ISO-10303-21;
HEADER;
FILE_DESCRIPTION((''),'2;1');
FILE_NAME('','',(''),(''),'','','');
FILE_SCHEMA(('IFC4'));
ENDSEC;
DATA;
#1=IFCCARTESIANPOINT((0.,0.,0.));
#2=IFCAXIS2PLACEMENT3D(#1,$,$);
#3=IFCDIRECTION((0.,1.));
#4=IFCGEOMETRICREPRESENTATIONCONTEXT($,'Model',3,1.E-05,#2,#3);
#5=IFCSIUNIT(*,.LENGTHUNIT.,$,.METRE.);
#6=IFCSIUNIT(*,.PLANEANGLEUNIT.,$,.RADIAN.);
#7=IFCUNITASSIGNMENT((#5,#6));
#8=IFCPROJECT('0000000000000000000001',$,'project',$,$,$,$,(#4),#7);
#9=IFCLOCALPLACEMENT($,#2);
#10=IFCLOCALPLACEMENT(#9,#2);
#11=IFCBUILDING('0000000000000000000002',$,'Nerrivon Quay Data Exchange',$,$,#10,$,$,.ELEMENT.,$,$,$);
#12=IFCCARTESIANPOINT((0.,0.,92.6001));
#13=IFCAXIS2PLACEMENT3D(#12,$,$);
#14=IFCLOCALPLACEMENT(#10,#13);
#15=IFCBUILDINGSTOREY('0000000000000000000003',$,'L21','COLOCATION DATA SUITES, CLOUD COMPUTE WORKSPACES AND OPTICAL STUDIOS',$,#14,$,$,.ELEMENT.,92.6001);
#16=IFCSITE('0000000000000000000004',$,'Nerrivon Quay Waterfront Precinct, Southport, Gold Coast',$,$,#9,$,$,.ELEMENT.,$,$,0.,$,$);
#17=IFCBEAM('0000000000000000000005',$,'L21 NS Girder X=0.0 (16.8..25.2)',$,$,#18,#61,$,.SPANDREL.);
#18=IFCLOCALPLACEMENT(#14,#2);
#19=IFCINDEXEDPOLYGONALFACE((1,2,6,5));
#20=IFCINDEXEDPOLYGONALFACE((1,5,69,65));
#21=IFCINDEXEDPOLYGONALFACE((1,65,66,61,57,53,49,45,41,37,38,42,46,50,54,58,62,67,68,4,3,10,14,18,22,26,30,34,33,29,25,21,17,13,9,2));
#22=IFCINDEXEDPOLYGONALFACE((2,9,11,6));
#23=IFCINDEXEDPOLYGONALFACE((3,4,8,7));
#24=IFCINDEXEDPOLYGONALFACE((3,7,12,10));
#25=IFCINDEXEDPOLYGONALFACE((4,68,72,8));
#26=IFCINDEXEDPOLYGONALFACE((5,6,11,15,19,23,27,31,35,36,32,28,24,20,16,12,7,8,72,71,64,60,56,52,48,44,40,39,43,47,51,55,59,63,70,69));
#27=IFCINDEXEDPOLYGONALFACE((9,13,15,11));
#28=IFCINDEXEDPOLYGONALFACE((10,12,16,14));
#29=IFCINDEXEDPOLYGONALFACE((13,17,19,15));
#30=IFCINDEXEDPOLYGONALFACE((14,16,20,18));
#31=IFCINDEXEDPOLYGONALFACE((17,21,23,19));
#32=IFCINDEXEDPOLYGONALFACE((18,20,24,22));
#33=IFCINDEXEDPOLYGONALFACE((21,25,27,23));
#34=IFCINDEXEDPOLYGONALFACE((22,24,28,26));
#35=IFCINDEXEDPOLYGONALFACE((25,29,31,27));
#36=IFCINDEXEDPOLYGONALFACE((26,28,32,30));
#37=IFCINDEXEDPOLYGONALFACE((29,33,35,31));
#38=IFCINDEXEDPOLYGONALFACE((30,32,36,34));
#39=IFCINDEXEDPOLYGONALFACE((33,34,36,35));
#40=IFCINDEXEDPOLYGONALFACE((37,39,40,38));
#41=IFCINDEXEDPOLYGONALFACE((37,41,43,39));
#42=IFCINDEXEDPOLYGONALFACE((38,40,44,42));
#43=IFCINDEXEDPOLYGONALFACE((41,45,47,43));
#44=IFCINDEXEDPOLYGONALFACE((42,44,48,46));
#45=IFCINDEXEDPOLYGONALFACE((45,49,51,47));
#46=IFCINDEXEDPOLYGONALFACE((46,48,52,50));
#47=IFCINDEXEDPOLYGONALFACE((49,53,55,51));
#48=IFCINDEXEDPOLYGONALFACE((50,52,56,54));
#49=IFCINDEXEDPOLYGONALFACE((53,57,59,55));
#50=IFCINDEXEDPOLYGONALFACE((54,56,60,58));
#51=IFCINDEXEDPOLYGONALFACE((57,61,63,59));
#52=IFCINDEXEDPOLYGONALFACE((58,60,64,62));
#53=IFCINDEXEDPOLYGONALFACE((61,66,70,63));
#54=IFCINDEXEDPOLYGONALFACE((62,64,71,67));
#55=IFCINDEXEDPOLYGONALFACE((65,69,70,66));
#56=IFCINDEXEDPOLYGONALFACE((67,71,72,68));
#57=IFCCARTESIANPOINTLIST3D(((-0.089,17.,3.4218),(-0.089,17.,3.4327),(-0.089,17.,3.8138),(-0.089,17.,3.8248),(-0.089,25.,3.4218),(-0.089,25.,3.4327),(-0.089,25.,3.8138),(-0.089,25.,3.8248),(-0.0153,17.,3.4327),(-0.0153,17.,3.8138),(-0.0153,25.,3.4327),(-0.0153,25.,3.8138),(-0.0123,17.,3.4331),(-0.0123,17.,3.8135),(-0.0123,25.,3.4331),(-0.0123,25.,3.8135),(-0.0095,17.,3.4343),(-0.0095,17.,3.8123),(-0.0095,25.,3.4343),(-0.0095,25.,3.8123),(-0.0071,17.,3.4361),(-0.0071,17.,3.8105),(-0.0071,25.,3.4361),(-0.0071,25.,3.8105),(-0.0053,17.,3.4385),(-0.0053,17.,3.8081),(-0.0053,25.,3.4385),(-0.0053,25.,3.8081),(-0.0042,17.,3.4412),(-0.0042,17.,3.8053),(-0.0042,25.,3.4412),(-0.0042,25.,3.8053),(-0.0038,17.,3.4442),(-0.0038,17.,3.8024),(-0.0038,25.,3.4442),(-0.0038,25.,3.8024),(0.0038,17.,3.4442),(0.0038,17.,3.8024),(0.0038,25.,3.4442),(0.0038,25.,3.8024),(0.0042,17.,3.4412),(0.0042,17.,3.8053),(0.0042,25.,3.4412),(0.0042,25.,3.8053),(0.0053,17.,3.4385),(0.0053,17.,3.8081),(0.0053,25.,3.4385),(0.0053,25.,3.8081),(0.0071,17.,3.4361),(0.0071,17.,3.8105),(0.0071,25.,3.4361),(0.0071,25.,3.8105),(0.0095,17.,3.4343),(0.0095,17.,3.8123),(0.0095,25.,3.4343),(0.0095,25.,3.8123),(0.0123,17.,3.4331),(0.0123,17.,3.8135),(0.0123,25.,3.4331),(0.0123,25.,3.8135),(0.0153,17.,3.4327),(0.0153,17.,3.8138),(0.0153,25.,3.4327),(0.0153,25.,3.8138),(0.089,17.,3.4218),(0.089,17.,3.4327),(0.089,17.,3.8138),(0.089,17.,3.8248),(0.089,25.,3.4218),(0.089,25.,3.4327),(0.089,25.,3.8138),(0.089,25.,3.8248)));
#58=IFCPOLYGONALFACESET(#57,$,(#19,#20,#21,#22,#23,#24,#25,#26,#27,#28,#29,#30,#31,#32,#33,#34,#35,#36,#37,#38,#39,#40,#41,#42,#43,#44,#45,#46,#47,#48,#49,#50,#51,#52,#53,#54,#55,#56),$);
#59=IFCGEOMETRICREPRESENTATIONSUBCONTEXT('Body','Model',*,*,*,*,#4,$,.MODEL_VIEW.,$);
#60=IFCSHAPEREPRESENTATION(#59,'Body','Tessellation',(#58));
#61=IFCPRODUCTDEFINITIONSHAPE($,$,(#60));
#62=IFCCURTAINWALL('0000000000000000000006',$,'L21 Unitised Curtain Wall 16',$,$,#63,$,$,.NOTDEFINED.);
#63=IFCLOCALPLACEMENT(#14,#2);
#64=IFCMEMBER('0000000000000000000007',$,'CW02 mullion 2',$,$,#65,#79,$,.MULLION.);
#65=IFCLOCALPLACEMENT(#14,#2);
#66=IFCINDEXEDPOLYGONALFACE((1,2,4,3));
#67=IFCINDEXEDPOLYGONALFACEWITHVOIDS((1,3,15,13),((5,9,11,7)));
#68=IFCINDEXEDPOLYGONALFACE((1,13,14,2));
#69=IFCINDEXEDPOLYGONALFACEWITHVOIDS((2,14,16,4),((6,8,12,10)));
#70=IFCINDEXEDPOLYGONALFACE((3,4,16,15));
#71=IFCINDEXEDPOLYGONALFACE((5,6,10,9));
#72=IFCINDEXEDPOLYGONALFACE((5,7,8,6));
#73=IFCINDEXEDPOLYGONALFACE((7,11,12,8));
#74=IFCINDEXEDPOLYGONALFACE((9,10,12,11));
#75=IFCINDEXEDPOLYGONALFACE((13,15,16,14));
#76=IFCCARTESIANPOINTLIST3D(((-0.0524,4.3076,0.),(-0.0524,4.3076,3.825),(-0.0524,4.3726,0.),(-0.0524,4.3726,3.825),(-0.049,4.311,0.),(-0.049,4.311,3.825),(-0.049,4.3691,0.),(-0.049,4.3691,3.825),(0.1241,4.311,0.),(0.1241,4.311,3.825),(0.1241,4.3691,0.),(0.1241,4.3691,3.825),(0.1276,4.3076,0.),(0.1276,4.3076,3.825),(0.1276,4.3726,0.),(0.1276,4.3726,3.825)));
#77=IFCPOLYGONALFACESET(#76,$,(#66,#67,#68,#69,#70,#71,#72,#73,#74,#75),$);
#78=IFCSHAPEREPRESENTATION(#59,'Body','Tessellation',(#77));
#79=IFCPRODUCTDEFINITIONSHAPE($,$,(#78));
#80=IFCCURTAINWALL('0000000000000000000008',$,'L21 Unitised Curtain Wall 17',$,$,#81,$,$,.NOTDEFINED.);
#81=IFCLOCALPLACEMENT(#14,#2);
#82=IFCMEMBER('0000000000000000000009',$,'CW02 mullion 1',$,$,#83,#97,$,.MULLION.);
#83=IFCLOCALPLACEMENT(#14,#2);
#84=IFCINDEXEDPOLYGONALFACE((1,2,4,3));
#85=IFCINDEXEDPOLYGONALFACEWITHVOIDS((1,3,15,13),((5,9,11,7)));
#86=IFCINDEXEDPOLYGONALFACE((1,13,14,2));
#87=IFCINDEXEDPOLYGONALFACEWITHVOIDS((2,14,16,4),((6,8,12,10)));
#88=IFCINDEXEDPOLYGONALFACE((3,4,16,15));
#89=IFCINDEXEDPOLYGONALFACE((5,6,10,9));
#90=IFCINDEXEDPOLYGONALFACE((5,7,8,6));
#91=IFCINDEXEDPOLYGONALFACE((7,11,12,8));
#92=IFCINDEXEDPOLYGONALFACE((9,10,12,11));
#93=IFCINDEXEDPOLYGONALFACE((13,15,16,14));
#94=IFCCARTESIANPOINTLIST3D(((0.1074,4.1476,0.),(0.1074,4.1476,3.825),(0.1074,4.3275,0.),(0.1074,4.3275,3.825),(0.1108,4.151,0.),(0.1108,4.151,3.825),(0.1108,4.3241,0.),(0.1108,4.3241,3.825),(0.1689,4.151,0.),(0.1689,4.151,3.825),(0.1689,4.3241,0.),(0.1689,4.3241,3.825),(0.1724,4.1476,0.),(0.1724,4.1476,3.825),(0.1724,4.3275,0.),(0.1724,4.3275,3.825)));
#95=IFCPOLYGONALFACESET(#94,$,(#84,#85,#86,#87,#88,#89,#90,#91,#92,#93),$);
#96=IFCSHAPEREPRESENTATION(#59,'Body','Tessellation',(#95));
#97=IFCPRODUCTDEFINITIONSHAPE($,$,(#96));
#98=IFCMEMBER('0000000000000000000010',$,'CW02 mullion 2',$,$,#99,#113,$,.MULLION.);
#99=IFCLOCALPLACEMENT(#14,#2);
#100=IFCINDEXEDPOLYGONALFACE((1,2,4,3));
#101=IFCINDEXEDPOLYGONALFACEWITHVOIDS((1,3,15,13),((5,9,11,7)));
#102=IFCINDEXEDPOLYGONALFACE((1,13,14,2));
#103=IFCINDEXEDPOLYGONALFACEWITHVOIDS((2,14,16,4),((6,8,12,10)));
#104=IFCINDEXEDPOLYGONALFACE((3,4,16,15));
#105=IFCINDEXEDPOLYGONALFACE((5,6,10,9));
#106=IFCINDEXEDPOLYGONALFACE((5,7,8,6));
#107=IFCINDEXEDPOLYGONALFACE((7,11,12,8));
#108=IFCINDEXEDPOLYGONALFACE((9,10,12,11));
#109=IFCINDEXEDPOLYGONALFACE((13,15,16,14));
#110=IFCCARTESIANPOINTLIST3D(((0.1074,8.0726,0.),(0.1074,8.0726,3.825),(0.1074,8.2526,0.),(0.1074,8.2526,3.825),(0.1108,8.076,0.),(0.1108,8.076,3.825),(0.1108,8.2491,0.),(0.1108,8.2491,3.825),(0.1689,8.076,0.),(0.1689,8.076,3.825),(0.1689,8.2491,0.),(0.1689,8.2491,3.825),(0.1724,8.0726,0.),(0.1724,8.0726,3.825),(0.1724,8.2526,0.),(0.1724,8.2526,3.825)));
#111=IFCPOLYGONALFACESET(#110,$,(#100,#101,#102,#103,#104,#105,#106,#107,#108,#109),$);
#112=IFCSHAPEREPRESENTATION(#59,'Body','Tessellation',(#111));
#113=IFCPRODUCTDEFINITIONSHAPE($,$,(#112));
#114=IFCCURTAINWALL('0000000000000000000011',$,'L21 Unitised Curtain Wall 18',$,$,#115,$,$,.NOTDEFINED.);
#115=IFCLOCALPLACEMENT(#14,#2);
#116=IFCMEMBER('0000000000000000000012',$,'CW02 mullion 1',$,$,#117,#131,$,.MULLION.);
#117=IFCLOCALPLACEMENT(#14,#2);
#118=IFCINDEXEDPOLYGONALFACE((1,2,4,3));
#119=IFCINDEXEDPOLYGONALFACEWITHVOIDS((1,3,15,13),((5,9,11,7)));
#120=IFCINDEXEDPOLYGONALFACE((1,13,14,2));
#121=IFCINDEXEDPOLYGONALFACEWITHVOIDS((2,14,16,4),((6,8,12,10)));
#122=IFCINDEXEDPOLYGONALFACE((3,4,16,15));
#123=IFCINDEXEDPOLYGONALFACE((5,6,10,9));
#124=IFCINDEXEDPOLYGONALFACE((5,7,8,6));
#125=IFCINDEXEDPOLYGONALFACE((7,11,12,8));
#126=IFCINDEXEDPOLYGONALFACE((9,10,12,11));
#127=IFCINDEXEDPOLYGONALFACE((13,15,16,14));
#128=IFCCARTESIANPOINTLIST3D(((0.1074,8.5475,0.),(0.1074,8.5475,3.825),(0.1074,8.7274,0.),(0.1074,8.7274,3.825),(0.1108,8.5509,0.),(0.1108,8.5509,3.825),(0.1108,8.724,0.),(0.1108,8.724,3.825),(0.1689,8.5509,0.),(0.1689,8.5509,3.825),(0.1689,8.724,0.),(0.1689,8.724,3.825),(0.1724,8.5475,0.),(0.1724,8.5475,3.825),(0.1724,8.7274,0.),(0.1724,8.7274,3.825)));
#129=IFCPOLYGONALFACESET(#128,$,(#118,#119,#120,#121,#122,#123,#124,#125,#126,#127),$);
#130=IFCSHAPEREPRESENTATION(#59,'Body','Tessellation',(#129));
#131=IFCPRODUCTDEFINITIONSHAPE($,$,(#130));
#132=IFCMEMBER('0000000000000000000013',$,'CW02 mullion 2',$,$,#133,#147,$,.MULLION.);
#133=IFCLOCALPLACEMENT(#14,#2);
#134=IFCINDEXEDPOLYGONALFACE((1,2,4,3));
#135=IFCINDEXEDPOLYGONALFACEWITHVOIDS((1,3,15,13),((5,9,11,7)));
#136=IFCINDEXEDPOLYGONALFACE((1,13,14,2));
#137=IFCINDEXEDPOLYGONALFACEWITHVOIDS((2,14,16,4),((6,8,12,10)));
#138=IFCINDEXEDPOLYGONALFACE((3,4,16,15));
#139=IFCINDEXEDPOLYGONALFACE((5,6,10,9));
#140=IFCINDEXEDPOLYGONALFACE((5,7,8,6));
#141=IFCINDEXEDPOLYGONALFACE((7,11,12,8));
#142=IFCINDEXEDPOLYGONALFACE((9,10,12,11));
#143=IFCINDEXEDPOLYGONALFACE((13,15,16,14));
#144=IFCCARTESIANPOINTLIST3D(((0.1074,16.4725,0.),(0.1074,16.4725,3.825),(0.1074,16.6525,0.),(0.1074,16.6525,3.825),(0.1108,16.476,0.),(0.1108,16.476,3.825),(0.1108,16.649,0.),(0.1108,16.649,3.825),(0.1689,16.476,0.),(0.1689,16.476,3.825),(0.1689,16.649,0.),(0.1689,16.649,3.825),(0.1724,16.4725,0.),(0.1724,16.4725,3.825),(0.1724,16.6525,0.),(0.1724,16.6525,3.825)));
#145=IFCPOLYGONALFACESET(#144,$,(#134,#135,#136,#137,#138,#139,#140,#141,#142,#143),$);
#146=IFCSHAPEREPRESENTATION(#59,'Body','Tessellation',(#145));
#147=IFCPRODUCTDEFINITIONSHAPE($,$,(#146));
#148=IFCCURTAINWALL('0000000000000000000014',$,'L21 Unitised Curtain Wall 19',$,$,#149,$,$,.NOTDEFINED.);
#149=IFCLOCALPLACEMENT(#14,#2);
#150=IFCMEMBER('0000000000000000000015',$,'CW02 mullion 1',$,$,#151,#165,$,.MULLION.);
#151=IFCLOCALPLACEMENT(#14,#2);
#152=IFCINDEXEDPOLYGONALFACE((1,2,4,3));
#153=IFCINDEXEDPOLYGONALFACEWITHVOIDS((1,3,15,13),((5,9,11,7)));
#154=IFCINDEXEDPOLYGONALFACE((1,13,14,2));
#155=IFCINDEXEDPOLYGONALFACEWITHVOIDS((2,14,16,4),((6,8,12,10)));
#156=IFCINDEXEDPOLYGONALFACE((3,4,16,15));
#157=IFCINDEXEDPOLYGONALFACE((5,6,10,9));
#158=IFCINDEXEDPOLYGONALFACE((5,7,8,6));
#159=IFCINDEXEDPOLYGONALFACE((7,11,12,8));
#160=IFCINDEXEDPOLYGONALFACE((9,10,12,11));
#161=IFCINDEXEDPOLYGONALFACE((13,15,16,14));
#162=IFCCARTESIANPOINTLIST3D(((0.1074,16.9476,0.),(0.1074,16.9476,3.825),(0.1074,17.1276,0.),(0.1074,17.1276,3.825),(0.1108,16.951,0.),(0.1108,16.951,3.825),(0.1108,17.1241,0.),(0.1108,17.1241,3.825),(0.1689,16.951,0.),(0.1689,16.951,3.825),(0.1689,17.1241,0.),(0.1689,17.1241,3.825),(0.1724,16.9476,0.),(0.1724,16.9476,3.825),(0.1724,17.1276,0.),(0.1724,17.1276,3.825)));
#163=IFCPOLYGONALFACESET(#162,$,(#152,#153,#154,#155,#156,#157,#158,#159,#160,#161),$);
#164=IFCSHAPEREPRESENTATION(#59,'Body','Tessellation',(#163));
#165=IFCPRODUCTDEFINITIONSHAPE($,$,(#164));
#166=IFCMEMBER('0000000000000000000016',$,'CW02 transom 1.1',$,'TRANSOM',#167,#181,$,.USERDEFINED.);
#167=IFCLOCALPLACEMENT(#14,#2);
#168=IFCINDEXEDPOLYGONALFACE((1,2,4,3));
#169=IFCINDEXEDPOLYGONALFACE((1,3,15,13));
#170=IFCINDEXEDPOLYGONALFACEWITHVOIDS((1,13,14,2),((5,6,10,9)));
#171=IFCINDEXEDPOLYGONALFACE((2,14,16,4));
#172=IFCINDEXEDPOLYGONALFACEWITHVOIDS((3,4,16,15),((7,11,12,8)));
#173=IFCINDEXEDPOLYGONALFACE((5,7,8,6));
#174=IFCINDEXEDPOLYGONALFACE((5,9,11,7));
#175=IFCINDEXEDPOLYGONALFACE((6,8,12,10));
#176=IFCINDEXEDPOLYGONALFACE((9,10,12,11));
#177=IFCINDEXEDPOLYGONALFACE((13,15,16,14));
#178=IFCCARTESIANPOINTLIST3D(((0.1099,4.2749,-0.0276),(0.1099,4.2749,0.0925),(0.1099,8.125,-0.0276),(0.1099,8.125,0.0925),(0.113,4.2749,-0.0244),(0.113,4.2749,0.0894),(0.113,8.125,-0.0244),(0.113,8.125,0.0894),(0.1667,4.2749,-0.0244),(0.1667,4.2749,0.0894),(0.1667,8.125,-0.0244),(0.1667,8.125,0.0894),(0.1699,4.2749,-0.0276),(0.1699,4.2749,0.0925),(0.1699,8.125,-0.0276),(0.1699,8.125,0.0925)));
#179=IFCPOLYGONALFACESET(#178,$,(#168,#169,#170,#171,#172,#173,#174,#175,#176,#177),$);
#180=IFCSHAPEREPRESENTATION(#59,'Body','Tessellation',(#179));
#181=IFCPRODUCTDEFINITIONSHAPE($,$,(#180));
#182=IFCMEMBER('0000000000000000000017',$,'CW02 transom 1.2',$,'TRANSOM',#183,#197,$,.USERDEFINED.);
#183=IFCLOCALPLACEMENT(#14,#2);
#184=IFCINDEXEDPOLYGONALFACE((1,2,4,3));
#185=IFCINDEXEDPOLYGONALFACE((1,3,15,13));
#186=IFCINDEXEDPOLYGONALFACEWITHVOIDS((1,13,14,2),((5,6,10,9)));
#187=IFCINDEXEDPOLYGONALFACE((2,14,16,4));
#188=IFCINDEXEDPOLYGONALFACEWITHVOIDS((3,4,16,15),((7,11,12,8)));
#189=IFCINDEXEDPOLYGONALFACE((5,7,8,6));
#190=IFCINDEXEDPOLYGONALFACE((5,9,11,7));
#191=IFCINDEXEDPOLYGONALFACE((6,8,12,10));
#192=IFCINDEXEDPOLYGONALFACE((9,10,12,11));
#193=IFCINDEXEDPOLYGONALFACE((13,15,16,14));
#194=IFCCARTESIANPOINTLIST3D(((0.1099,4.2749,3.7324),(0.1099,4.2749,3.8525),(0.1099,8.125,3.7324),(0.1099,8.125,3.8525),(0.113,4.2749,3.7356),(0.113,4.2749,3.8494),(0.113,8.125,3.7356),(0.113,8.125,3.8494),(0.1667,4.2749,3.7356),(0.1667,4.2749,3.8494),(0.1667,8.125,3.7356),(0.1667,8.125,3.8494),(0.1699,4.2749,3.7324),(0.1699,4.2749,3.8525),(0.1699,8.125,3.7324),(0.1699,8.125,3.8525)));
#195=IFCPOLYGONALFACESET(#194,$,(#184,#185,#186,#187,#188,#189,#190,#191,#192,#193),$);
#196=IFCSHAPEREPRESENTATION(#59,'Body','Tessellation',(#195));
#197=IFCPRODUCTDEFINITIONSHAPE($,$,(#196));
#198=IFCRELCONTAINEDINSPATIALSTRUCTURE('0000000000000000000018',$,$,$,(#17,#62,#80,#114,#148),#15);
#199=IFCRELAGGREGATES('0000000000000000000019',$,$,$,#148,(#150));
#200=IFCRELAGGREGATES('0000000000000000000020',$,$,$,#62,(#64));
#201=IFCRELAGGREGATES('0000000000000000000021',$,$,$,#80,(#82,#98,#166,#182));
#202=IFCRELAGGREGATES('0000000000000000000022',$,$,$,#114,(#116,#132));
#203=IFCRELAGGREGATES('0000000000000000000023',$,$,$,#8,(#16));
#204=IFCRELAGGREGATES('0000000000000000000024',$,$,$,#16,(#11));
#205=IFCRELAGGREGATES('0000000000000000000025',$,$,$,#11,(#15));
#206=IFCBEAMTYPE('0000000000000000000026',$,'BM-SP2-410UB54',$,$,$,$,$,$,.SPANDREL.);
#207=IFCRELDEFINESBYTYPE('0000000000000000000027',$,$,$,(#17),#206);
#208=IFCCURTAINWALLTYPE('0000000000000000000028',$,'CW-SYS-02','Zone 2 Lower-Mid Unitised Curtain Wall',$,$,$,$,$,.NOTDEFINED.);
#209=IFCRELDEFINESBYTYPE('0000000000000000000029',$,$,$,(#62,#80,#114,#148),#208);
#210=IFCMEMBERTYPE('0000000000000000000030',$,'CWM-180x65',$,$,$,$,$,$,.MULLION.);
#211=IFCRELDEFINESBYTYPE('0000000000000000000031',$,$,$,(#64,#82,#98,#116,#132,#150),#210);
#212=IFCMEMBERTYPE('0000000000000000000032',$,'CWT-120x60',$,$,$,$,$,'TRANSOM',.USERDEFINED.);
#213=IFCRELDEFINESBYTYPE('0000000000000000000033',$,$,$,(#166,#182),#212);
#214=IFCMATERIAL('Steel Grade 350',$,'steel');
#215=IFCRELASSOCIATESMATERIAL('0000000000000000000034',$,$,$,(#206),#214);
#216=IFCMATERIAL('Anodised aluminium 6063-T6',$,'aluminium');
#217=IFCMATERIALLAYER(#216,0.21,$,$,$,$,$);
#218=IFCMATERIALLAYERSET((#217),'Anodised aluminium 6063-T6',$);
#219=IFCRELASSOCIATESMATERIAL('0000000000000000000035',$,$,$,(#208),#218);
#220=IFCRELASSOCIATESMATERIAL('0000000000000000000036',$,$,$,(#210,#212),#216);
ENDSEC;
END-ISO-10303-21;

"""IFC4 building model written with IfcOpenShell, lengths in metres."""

from ifc_helpers import new_model, si_unit, direction, frame, origin, origin_2d, place, context, subcontext, project, spatial, hollow_rectangle, i_section, extrude, material, layer, layer_set, material_profile, profile_set, type_object, element, aggregate, save


model = new_model("IFC4")

# Units and contexts
model_context = context("Model", 3, precision=1e-05, world=origin(), true_north=direction((0.0, 1.0)))
body_context = subcontext(model_context, "Body", "Model", "MODEL_VIEW")
ifc_project = project(units=[si_unit("LENGTHUNIT", "METRE"), si_unit("PLANEANGLEUNIT", "RADIAN")], contexts=[model_context])

# Site, building, storey
site_placement = place(None, origin())
site = spatial("IfcSite", under=ifc_project, at=site_placement, Name="Nerrivon Quay Waterfront Precinct, Southport, Gold Coast", CompositionType="ELEMENT", RefElevation=0.0)
building_placement = place(site_placement, origin())
building = spatial("IfcBuilding", under=site, at=building_placement, Name="Nerrivon Quay Data Exchange", CompositionType="ELEMENT")
storey_placement = place(building_placement, frame((0.0, 0.0, 92.6001)))
storey = spatial("IfcBuildingStorey", under=building, at=storey_placement, Name="L21", Description="COLOCATION DATA SUITES, CLOUD COMPUTE WORKSPACES AND OPTICAL STUDIOS", CompositionType="ELEMENT", Elevation=92.6001)

# Shared definitions
ifc_material_1 = material(Name="Steel Grade 350", Category="steel")

# Beam
ifc_material_profile_1 = material_profile(ifc_material_1, i_section(OverallWidth=0.178, OverallDepth=0.4031, WebThickness=0.0076, FlangeThickness=0.011, FilletRadius=0.0115, at=origin_2d()), Name="410UB53.7")
ifc_profile_set_1 = profile_set([ifc_material_profile_1], Name="Steel Grade 350")
beam_type_1 = type_object("IfcBeamType", Name="BM-SP2-410UB54", PredefinedType="SPANDREL", material=ifc_profile_set_1)
for number, where, z_axis, x_axis, name in (
    (1, (0.0, 17.0, 3.6233), (0.0, 1.0, 0.0), (-1.0, 0.0, 0.0), "L21 NS Girder X=0.0 (16.8..25.2)"),
):
    element("IfcBeam", number, at=place(storey_placement, frame(where, z_axis=z_axis, x_axis=x_axis)), inside=storey, type_object=beam_type_1, Name=name, PredefinedType="SPANDREL", context=body_context, shape_type="SweptSolid", body=[
        extrude(i_section(OverallWidth=0.178, OverallDepth=0.4031, WebThickness=0.0076, FlangeThickness=0.011, FilletRadius=0.0115, at=origin_2d()), origin(), (0.0, 0.0, 1.0), 8.0),
    ])

# Curtain wall, member
ifc_material_2 = material(Name="Anodised aluminium 6063-T6", Category="aluminium")
ifc_layer_1 = layer(ifc_material_2, 0.21)
ifc_layer_set_1 = layer_set([ifc_layer_1], Name="Anodised aluminium 6063-T6")
curtain_wall_type = type_object("IfcCurtainWallType", Name="CW-SYS-02", Description="Zone 2 Lower-Mid Unitised Curtain Wall", PredefinedType="NOTDEFINED", material=ifc_layer_set_1)
curtain_wall_1_placement = place(storey_placement, origin())
curtain_wall_1 = element("IfcCurtainWall", 2, at=curtain_wall_1_placement, inside=storey, type_object=curtain_wall_type, Name="L21 Unitised Curtain Wall 16", PredefinedType="NOTDEFINED")
ifc_material_profile_2 = material_profile(ifc_material_2, hollow_rectangle(XDim=0.0649, YDim=0.1799, WallThickness=0.0034, at=origin_2d()), Name="ALU-MULL-180x65")
ifc_profile_set_2 = profile_set([ifc_material_profile_2], Name="Anodised aluminium 6063-T6")
member_type_1 = type_object("IfcMemberType", Name="CWM-180x65", PredefinedType="MULLION", material=ifc_profile_set_2)
member_1_placement = place(storey_placement, frame((0.0376, 4.3401, 0.0), z_axis=(0.0, 0.0, 1.0), x_axis=(0.0, -1.0, 0.0)))
member_1 = element("IfcMember", 3, at=member_1_placement, type_object=member_type_1, Name="CW02 mullion 2", PredefinedType="MULLION", context=body_context, shape_type="SweptSolid", body=[
    extrude(hollow_rectangle(XDim=0.0649, YDim=0.1799, WallThickness=0.0034, at=origin_2d()), origin(), (0.0, 0.0, 1.0), 3.825),
])

# Curtain walls, members
curtain_wall_2_placement = place(storey_placement, origin())
curtain_wall_2 = element("IfcCurtainWall", 4, at=curtain_wall_2_placement, inside=storey, type_object=curtain_wall_type, Name="L21 Unitised Curtain Wall 17", PredefinedType="NOTDEFINED")
member_2_placement = place(storey_placement, frame((0.1399, 4.2375, 0.0), z_axis=(0.0, 0.0, 1.0), x_axis=(-1.0, 0.0, 0.0)))
member_2 = element("IfcMember", 5, at=member_2_placement, type_object=member_type_1, Name="CW02 mullion 1", PredefinedType="MULLION", context=body_context, shape_type="SweptSolid", body=[
    extrude(hollow_rectangle(XDim=0.0649, YDim=0.1799, WallThickness=0.0034, at=origin_2d()), origin(), (0.0, 0.0, 1.0), 3.825),
])
member_3_placement = place(storey_placement, frame((0.1399, 8.1626, 0.0), z_axis=(0.0, 0.0, 1.0), x_axis=(-1.0, 0.0, 0.0)))
member_3 = element("IfcMember", 6, at=member_3_placement, type_object=member_type_1, Name="CW02 mullion 2", PredefinedType="MULLION", context=body_context, shape_type="SweptSolid", body=[
    extrude(hollow_rectangle(XDim=0.0649, YDim=0.1799, WallThickness=0.0034, at=origin_2d()), origin(), (0.0, 0.0, 1.0), 3.825),
])
curtain_wall_3_placement = place(storey_placement, origin())
curtain_wall_3 = element("IfcCurtainWall", 7, at=curtain_wall_3_placement, inside=storey, type_object=curtain_wall_type, Name="L21 Unitised Curtain Wall 18", PredefinedType="NOTDEFINED")
member_4_placement = place(storey_placement, frame((0.1399, 8.6375, 0.0), z_axis=(0.0, 0.0, 1.0), x_axis=(-1.0, 0.0, 0.0)))
member_4 = element("IfcMember", 8, at=member_4_placement, type_object=member_type_1, Name="CW02 mullion 1", PredefinedType="MULLION", context=body_context, shape_type="SweptSolid", body=[
    extrude(hollow_rectangle(XDim=0.0649, YDim=0.1799, WallThickness=0.0034, at=origin_2d()), origin(), (0.0, 0.0, 1.0), 3.825),
])
member_5_placement = place(storey_placement, frame((0.1399, 16.5625, 0.0), z_axis=(0.0, 0.0, 1.0), x_axis=(-1.0, 0.0, 0.0)))
member_5 = element("IfcMember", 9, at=member_5_placement, type_object=member_type_1, Name="CW02 mullion 2", PredefinedType="MULLION", context=body_context, shape_type="SweptSolid", body=[
    extrude(hollow_rectangle(XDim=0.0649, YDim=0.1799, WallThickness=0.0034, at=origin_2d()), origin(), (0.0, 0.0, 1.0), 3.825),
])

# Curtain wall, member
curtain_wall_4_placement = place(storey_placement, origin())
curtain_wall_4 = element("IfcCurtainWall", 10, at=curtain_wall_4_placement, inside=storey, type_object=curtain_wall_type, Name="L21 Unitised Curtain Wall 19", PredefinedType="NOTDEFINED")
member_6_placement = place(storey_placement, frame((0.1399, 17.0376, 0.0), z_axis=(0.0, 0.0, 1.0), x_axis=(-1.0, 0.0, 0.0)))
member_6 = element("IfcMember", 11, at=member_6_placement, type_object=member_type_1, Name="CW02 mullion 1", PredefinedType="MULLION", context=body_context, shape_type="SweptSolid", body=[
    extrude(hollow_rectangle(XDim=0.0649, YDim=0.1799, WallThickness=0.0034, at=origin_2d()), origin(), (0.0, 0.0, 1.0), 3.825),
])

# Members
ifc_material_profile_3 = material_profile(ifc_material_2, hollow_rectangle(XDim=0.0601, YDim=0.1201, WallThickness=0.0032, at=origin_2d()), Name="ALU-TRAN-120x60")
ifc_profile_set_3 = profile_set([ifc_material_profile_3], Name="Anodised aluminium 6063-T6")
member_type_2 = type_object("IfcMemberType", Name="CWT-120x60", ElementType="TRANSOM", PredefinedType="USERDEFINED", material=ifc_profile_set_3)
member_7_placement = place(storey_placement, frame((0.1399, 4.2749, 0.0325), z_axis=(0.0, 1.0, 0.0), x_axis=(-1.0, 0.0, 0.0)))
member_7 = element("IfcMember", 12, at=member_7_placement, type_object=member_type_2, Name="CW02 transom 1.1", ObjectType="TRANSOM", PredefinedType="USERDEFINED", context=body_context, shape_type="SweptSolid", body=[
    extrude(hollow_rectangle(XDim=0.0601, YDim=0.1201, WallThickness=0.0032, at=origin_2d()), origin(), (0.0, 0.0, 1.0), 3.8501),
])
member_8_placement = place(storey_placement, frame((0.1399, 4.2749, 3.7925), z_axis=(0.0, 1.0, 0.0), x_axis=(-1.0, 0.0, 0.0)))
member_8 = element("IfcMember", 13, at=member_8_placement, type_object=member_type_2, Name="CW02 transom 1.2", ObjectType="TRANSOM", PredefinedType="USERDEFINED", context=body_context, shape_type="SweptSolid", body=[
    extrude(hollow_rectangle(XDim=0.0601, YDim=0.1201, WallThickness=0.0032, at=origin_2d()), origin(), (0.0, 0.0, 1.0), 3.8501),
])
aggregate(curtain_wall_4, [member_6])

aggregate(curtain_wall_1, [member_1])
aggregate(curtain_wall_2, [member_2, member_3, member_7, member_8])
aggregate(curtain_wall_3, [member_4, member_5])

save(model, "model.ifc")
